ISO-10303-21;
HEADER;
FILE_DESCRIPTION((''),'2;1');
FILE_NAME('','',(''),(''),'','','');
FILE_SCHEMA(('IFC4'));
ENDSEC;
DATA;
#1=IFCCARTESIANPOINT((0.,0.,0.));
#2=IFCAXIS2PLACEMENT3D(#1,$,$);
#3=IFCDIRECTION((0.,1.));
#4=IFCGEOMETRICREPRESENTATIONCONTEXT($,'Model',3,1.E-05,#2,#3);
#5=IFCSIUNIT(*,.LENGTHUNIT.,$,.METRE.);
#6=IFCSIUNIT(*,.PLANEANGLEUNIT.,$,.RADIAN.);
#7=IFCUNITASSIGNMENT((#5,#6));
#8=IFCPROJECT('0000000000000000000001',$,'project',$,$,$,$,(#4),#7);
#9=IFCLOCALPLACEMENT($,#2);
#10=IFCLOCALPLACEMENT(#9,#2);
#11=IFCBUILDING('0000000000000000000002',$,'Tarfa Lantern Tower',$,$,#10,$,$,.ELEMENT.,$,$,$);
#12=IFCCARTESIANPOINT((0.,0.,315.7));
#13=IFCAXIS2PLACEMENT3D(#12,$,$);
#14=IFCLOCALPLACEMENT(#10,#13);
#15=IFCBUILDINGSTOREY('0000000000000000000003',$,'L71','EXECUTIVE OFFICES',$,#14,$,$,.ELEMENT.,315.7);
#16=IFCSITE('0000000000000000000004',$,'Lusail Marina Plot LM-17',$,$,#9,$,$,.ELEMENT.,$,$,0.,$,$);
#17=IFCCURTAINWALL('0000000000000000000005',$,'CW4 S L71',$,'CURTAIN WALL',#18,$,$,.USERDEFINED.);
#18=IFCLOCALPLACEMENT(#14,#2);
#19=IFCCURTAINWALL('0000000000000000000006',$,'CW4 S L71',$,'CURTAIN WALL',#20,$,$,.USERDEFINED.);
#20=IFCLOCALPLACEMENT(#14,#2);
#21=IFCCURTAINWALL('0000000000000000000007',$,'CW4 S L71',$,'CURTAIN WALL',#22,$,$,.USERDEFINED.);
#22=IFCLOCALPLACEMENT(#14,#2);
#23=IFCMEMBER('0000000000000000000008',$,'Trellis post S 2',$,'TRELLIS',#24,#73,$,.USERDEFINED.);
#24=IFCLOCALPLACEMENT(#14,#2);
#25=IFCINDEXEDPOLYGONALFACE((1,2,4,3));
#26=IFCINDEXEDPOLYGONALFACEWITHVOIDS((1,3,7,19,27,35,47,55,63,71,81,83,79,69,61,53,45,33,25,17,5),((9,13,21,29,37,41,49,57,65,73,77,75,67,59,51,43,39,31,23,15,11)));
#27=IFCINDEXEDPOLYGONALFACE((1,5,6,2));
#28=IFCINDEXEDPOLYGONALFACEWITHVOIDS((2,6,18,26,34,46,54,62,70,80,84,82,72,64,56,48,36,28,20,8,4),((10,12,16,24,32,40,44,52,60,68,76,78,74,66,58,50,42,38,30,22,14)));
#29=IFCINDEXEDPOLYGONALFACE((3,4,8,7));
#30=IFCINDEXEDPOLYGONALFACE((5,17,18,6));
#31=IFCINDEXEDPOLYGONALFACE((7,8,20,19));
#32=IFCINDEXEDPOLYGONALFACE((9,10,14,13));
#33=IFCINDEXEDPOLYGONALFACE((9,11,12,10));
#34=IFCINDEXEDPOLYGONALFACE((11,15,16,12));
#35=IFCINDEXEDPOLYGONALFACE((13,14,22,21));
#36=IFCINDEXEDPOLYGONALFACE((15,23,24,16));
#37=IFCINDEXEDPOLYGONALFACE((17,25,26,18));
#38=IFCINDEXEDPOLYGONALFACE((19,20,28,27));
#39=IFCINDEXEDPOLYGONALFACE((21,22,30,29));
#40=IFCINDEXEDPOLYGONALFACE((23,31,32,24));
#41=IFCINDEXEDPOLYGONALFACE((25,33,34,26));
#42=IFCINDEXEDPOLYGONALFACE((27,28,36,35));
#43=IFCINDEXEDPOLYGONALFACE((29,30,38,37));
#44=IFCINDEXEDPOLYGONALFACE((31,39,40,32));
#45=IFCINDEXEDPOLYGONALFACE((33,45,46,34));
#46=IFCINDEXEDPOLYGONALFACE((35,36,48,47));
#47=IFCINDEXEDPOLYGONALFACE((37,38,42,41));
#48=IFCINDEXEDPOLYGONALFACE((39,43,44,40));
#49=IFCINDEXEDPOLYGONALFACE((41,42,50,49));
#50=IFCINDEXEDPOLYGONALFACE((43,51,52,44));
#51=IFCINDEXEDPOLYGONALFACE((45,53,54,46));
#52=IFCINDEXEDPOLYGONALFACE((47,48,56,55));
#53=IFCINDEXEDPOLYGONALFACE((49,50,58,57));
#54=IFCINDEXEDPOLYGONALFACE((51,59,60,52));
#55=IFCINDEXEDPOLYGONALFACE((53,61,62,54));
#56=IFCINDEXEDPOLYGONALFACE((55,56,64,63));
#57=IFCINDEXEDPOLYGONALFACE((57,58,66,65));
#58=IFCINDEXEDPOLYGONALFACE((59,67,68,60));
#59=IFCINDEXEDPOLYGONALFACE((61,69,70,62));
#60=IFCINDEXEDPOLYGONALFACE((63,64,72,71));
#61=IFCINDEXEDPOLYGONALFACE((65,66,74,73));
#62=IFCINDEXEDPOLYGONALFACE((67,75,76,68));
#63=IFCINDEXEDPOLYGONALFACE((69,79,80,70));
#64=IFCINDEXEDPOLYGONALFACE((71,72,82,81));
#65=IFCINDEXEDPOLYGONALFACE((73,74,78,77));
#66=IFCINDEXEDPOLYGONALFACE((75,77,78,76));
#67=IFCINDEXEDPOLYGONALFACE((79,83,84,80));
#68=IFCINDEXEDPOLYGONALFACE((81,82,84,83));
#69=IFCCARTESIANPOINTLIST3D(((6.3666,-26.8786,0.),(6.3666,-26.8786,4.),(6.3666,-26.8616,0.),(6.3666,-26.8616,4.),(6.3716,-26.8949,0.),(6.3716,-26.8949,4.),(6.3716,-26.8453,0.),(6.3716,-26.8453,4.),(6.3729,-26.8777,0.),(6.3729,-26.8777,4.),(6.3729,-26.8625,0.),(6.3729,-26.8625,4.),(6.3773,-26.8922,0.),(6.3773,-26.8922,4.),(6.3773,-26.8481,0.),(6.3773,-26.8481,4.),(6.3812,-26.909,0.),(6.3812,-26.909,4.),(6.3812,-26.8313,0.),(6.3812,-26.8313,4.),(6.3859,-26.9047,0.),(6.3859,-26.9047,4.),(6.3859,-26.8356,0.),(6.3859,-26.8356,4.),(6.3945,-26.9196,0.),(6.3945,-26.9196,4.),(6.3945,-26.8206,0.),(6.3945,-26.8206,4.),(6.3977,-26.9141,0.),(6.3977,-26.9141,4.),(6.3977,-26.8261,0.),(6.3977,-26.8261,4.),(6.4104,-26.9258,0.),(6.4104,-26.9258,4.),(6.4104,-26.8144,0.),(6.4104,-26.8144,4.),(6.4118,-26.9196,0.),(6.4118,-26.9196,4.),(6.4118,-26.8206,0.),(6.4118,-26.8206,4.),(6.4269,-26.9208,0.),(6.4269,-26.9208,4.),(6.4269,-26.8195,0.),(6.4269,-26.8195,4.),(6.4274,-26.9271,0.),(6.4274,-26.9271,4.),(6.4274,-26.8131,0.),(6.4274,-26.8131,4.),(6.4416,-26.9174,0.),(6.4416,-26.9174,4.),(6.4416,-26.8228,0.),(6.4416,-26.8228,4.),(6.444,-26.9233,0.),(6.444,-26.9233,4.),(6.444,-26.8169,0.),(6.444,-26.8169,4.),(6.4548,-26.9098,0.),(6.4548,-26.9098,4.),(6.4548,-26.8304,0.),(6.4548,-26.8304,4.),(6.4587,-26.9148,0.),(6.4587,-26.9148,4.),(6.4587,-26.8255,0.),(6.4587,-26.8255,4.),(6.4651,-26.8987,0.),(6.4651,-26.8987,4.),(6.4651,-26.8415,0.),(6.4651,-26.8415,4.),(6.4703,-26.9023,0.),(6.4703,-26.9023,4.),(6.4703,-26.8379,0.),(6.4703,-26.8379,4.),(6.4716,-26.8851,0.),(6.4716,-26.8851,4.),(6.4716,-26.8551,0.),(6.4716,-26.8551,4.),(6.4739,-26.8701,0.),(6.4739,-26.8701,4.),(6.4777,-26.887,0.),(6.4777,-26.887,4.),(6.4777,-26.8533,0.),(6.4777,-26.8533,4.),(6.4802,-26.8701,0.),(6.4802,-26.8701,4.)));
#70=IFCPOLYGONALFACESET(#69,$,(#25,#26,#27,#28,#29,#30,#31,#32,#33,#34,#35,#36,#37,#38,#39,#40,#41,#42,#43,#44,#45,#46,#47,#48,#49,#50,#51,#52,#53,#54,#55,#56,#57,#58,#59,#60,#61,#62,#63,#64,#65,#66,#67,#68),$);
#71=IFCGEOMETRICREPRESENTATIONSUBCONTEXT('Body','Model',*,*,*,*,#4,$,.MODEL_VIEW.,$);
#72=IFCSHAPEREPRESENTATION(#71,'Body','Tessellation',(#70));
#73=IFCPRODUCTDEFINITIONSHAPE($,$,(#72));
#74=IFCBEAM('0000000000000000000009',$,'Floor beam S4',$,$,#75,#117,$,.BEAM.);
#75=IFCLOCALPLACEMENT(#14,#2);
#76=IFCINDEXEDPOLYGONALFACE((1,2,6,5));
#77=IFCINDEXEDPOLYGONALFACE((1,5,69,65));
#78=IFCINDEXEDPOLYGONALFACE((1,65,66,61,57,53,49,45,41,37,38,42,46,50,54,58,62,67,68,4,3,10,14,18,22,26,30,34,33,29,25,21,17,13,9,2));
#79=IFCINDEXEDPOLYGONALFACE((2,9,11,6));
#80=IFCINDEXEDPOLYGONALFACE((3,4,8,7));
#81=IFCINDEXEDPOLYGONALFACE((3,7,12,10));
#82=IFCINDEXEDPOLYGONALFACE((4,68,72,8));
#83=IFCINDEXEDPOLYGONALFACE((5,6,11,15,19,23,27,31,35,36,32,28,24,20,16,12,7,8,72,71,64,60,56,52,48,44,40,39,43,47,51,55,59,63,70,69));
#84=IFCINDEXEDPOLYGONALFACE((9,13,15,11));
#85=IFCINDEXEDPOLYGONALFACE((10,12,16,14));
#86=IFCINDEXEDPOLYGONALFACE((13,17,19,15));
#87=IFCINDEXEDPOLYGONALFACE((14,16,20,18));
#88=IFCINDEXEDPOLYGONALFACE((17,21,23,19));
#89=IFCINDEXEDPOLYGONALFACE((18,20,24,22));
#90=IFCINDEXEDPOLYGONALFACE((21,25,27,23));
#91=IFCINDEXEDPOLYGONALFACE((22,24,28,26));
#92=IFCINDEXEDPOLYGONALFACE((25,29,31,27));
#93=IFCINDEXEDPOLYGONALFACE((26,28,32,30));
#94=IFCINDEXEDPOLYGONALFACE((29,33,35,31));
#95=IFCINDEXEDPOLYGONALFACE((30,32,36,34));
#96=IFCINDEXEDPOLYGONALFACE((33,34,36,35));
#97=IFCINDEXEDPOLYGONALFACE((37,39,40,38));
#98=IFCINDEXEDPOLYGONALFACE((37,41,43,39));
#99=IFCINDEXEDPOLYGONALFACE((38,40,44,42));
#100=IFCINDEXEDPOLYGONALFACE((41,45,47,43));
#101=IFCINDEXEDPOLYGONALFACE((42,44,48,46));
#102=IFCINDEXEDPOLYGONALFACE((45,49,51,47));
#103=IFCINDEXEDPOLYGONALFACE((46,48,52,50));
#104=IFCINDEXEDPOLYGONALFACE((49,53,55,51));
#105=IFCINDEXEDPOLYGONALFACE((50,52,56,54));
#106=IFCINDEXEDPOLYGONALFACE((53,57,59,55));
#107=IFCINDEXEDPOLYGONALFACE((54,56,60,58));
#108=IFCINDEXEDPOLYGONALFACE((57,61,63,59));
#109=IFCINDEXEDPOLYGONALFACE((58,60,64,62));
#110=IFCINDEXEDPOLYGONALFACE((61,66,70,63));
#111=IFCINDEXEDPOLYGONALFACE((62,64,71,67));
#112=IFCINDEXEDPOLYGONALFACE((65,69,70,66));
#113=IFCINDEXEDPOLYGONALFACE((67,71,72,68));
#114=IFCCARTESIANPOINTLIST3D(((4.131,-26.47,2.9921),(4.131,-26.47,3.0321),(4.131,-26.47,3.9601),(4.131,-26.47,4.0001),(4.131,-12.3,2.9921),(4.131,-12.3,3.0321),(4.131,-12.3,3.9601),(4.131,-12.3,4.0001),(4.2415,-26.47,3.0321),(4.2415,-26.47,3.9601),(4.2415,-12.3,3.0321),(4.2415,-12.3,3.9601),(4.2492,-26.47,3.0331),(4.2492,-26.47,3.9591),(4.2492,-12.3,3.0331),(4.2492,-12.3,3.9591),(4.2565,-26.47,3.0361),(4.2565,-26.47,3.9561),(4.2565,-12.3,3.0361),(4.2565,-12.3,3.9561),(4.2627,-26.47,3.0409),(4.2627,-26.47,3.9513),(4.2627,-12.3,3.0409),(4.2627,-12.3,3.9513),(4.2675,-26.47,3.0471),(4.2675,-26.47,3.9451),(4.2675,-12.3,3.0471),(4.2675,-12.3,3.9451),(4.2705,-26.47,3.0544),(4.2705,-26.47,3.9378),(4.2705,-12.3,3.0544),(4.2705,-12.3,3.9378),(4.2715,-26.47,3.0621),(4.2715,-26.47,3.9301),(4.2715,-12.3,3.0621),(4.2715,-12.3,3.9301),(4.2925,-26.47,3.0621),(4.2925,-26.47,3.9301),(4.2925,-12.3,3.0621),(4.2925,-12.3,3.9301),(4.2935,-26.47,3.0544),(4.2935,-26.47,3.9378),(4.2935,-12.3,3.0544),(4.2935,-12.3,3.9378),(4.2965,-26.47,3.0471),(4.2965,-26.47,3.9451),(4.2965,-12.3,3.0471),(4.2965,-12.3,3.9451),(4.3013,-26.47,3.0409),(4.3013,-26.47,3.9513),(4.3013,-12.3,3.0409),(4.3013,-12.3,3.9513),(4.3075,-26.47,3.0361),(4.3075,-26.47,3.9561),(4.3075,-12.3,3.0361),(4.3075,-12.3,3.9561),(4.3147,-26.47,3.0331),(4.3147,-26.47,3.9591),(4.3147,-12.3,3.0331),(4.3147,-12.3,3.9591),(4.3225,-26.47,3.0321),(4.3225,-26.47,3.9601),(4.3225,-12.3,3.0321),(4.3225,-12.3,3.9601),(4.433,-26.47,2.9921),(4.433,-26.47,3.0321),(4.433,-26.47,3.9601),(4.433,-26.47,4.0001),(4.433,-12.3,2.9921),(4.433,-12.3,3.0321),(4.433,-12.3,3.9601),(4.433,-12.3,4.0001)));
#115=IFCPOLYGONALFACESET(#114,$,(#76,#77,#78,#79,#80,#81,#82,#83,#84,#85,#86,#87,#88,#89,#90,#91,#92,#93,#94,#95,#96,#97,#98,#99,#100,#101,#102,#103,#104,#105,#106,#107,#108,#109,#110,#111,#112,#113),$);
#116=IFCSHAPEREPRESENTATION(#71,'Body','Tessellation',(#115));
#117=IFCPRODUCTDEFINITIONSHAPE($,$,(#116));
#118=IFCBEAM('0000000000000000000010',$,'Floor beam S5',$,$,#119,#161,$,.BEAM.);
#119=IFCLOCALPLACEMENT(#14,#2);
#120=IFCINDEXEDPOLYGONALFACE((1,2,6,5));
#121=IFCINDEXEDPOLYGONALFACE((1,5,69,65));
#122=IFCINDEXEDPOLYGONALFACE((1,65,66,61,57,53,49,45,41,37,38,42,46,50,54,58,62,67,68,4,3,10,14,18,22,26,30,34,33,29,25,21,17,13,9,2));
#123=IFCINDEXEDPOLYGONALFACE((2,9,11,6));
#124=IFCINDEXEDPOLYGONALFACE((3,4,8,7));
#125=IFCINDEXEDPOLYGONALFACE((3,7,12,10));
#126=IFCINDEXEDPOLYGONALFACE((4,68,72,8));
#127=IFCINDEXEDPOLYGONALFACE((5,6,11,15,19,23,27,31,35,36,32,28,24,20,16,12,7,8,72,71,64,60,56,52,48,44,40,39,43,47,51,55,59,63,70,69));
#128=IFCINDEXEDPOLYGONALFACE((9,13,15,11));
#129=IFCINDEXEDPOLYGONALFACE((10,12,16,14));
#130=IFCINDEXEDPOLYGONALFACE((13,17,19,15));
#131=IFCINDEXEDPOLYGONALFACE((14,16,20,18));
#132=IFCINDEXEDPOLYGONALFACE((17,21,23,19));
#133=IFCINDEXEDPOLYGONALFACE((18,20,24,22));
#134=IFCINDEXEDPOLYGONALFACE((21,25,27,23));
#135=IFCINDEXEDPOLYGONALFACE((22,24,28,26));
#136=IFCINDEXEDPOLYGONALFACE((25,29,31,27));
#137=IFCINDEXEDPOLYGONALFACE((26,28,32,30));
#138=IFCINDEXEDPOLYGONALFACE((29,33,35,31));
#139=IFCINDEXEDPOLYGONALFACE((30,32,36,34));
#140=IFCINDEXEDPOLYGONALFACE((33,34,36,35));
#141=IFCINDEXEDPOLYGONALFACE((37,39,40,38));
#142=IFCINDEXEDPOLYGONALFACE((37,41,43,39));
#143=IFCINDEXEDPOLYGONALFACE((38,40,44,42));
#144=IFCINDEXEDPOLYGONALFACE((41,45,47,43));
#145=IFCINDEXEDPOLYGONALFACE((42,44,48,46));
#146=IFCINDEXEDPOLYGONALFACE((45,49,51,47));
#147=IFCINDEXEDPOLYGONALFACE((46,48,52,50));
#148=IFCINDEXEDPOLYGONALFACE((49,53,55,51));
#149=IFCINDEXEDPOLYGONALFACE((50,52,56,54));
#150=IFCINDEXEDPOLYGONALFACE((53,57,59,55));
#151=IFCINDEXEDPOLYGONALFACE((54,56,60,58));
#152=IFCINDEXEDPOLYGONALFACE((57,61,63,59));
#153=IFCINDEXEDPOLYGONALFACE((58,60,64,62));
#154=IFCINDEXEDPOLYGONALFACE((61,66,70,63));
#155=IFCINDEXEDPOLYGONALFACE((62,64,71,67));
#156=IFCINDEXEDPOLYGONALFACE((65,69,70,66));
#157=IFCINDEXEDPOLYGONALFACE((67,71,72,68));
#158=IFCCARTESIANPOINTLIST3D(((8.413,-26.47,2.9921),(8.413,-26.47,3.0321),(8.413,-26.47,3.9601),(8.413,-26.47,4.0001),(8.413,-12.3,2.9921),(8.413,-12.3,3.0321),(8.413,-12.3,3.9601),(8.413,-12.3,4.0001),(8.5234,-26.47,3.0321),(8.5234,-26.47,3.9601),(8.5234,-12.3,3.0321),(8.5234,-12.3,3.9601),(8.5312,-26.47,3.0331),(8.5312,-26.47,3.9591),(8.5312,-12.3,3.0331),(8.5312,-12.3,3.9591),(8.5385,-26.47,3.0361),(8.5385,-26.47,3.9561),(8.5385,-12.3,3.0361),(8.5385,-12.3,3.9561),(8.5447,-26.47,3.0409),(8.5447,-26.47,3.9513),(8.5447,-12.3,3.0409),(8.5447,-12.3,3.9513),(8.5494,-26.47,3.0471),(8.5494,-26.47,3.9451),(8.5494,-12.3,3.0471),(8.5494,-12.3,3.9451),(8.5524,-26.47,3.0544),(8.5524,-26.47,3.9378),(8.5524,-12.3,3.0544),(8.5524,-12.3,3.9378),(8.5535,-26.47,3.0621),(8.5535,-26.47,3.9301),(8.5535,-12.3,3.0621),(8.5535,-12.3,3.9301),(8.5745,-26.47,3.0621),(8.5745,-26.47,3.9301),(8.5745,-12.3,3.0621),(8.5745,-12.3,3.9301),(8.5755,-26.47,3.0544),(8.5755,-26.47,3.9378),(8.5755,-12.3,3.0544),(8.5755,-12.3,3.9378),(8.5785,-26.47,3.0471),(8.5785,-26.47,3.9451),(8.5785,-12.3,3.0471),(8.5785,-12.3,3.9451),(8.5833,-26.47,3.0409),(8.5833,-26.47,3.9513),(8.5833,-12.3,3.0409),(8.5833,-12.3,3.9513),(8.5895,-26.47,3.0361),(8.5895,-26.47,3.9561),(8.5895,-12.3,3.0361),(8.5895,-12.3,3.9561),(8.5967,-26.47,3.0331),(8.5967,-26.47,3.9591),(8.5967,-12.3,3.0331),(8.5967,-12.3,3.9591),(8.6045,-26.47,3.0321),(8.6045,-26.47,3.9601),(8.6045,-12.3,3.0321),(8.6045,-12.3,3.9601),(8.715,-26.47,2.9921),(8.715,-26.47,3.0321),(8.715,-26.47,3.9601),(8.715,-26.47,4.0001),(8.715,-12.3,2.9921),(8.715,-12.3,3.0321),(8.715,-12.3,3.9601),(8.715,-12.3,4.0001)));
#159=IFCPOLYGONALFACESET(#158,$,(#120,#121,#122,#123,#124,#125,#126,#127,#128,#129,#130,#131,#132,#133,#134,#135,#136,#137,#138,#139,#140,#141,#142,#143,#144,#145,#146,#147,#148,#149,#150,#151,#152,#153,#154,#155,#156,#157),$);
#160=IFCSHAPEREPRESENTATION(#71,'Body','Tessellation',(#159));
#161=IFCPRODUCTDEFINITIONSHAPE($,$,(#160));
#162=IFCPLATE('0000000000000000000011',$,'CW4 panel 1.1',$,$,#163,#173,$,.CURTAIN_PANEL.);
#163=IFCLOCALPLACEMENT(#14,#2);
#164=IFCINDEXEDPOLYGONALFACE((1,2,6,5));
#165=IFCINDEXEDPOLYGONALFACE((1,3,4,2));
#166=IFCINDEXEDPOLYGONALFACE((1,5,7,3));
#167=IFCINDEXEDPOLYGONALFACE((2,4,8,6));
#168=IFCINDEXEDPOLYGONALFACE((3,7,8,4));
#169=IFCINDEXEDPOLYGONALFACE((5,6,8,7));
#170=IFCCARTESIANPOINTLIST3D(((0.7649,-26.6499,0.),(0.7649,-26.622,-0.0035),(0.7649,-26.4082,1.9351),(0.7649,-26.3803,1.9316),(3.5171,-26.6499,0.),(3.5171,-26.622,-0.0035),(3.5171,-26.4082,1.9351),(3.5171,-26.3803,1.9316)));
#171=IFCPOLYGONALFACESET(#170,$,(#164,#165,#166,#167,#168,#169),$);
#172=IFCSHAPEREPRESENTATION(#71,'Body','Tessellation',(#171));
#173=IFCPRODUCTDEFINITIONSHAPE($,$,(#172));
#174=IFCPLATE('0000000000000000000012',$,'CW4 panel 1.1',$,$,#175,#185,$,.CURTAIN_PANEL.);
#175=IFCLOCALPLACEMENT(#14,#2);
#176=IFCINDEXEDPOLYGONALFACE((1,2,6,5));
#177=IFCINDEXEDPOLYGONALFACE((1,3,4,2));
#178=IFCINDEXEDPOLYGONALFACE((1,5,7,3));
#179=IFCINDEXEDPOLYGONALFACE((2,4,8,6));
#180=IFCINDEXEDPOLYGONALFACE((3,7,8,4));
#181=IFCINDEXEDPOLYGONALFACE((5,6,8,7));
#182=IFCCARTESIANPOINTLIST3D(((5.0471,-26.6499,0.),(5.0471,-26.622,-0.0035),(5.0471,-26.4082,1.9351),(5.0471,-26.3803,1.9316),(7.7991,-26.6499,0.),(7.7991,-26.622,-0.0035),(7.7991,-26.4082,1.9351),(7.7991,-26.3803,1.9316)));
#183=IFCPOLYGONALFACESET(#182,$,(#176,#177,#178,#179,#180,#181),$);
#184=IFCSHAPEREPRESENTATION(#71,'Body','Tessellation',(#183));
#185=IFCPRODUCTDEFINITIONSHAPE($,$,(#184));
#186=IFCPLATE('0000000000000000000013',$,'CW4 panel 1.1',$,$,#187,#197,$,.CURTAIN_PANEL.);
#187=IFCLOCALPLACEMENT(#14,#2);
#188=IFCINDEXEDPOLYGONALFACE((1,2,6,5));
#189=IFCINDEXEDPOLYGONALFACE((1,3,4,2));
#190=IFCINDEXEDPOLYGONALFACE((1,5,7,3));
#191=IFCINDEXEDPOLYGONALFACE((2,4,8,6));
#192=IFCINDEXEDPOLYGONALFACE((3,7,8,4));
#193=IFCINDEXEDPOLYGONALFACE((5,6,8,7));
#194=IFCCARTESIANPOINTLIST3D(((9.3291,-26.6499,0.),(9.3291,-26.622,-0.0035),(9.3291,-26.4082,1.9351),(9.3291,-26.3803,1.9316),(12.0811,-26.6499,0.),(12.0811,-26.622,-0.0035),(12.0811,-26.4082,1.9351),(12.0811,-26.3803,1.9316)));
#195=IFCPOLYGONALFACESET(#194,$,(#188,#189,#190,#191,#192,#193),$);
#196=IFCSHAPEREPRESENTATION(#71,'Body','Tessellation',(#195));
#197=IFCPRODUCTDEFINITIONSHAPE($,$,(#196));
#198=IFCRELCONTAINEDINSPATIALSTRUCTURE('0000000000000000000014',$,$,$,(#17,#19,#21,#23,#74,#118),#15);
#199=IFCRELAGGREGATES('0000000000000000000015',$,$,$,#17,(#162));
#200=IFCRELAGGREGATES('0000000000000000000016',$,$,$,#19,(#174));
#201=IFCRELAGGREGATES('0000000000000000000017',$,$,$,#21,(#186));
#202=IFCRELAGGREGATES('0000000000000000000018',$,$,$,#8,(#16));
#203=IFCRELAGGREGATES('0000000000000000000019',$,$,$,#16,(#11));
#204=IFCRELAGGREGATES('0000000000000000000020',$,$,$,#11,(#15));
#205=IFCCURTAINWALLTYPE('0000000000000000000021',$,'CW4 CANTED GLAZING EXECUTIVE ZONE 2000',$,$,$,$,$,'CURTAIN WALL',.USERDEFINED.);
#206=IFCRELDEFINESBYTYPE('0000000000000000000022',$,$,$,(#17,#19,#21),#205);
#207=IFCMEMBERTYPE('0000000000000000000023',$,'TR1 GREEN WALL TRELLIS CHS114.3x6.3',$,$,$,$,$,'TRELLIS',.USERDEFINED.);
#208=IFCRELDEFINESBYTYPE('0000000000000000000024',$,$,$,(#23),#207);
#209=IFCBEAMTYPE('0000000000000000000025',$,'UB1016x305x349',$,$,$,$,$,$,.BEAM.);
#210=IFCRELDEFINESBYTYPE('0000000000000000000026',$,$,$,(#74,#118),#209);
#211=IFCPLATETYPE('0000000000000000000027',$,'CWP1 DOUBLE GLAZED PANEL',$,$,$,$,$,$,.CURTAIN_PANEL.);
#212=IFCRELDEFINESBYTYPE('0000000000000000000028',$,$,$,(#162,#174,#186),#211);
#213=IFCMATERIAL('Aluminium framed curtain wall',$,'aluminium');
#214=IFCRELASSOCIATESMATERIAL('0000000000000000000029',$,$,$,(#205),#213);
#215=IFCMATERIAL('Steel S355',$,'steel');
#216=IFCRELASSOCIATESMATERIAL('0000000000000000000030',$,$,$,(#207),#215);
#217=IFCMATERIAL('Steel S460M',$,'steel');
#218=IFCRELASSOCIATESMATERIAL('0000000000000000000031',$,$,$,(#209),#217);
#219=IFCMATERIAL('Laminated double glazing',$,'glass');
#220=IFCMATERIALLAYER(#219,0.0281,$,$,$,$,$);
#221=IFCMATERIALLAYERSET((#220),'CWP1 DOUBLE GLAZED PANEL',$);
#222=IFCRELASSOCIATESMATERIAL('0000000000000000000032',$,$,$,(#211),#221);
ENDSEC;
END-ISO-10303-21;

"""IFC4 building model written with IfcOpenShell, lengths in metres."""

from ifc_helpers import new_model, si_unit, direction, frame, origin, origin_2d, place, context, subcontext, project, spatial, polyline, hollow_circle, i_section, outline, extrude, material, layer, layer_set, material_profile, profile_set, type_object, element, aggregate, save


model = new_model("IFC4")

# Units and contexts
model_context = context("Model", 3, precision=1e-05, world=origin(), true_north=direction((0.0, 1.0)))
body_context = subcontext(model_context, "Body", "Model", "MODEL_VIEW")
ifc_project = project(units=[si_unit("LENGTHUNIT", "METRE"), si_unit("PLANEANGLEUNIT", "RADIAN")], contexts=[model_context])

# Site, building, storey
site_placement = place(None, origin())
site = spatial("IfcSite", under=ifc_project, at=site_placement, Name="Lusail Marina Plot LM-17", CompositionType="ELEMENT", RefElevation=0.0)
building_placement = place(site_placement, origin())
building = spatial("IfcBuilding", under=site, at=building_placement, Name="Tarfa Lantern Tower", CompositionType="ELEMENT")
storey_placement = place(building_placement, frame((0.0, 0.0, 315.7)))
storey = spatial("IfcBuildingStorey", under=building, at=storey_placement, Name="L71", Description="EXECUTIVE OFFICES", CompositionType="ELEMENT", Elevation=315.7)

# Curtain walls
ifc_material_1 = material(Name="Aluminium framed curtain wall", Category="aluminium")
curtain_wall_type = type_object("IfcCurtainWallType", Name="CW4 CANTED GLAZING EXECUTIVE ZONE 2000", ElementType="CURTAIN WALL", PredefinedType="USERDEFINED", material=ifc_material_1)
curtain_wall_1_placement = place(storey_placement, origin())
curtain_wall_1 = element("IfcCurtainWall", 1, at=curtain_wall_1_placement, inside=storey, type_object=curtain_wall_type, Name="CW4 S L71", ObjectType="CURTAIN WALL", PredefinedType="USERDEFINED")
curtain_wall_2_placement = place(storey_placement, origin())
curtain_wall_2 = element("IfcCurtainWall", 2, at=curtain_wall_2_placement, inside=storey, type_object=curtain_wall_type, Name="CW4 S L71", ObjectType="CURTAIN WALL", PredefinedType="USERDEFINED")

# Curtain wall
curtain_wall_3_placement = place(storey_placement, origin())
curtain_wall_3 = element("IfcCurtainWall", 3, at=curtain_wall_3_placement, inside=storey, type_object=curtain_wall_type, Name="CW4 S L71", ObjectType="CURTAIN WALL", PredefinedType="USERDEFINED")

# Member
ifc_material_2 = material(Name="Steel S355", Category="steel")
ifc_material_profile_1 = material_profile(ifc_material_2, hollow_circle(Radius=0.0571, WallThickness=0.0063, at=origin_2d()), Name="CHS114.3x6.3")
ifc_profile_set_1 = profile_set([ifc_material_profile_1], Name="Steel S355")
member_type_1 = type_object("IfcMemberType", Name="TR1 GREEN WALL TRELLIS CHS114.3x6.3", ElementType="TRELLIS", PredefinedType="USERDEFINED", material=ifc_profile_set_1)
member_1_placement = place(storey_placement, frame((6.4231, -26.8701, 0.0), z_axis=(0.0, 0.0, 1.0), x_axis=(1.0, 0.0, 0.0)))
element("IfcMember", 4, at=member_1_placement, inside=storey, type_object=member_type_1, Name="Trellis post S 2", ObjectType="TRELLIS", PredefinedType="USERDEFINED", context=body_context, shape_type="SweptSolid", body=[
    extrude(hollow_circle(Radius=0.0571, WallThickness=0.0063, at=origin_2d()), origin(), (0.0, 0.0, 1.0), 4.0),
])

# Beams
ifc_material_3 = material(Name="Steel S460M", Category="steel")
ifc_material_profile_2 = material_profile(ifc_material_3, i_section(OverallWidth=0.302, OverallDepth=1.0081, WebThickness=0.021, FlangeThickness=0.04, FilletRadius=0.03, at=origin_2d()), Name="UB1016x305x349")
ifc_profile_set_2 = profile_set([ifc_material_profile_2], Name="Steel S460M")
beam_type_1 = type_object("IfcBeamType", Name="UB1016x305x349", PredefinedType="BEAM", material=ifc_profile_set_2)
for number, where, z_axis, x_axis, name in (
    (5, (4.282, -26.47, 3.4961), (0.0, 1.0, 0.0), (-1.0, 0.0, 0.0), "Floor beam S4"),
    (6, (8.564, -26.47, 3.4961), (0.0, 1.0, 0.0), (-1.0, 0.0, 0.0), "Floor beam S5"),
):
    element("IfcBeam", number, at=place(storey_placement, frame(where, z_axis=z_axis, x_axis=x_axis)), inside=storey, type_object=beam_type_1, Name=name, PredefinedType="BEAM", context=body_context, shape_type="SweptSolid", body=[
        extrude(i_section(OverallWidth=0.302, OverallDepth=1.0081, WebThickness=0.021, FlangeThickness=0.04, FilletRadius=0.03, at=origin_2d()), origin(), (0.0, 0.0, 1.0), 14.1699),
    ])

# Plates
ifc_material_4 = material(Name="Laminated double glazing", Category="glass")
ifc_layer = layer(ifc_material_4, 0.0281)
ifc_layer_set = layer_set([ifc_layer], Name="CWP1 DOUBLE GLAZED PANEL")
plate_type = type_object("IfcPlateType", Name="CWP1 DOUBLE GLAZED PANEL", PredefinedType="CURTAIN_PANEL", material=ifc_layer_set)
plate_1_placement = place(storey_placement, frame((0.7649, -26.6499, 0.0), z_axis=(0.0, -0.992289, 0.123942), x_axis=(1.0, 0.0, 0.0)))
plate_1 = element("IfcPlate", 7, at=plate_1_placement, type_object=plate_type, Name="CW4 panel 1.1", PredefinedType="CURTAIN_PANEL", context=body_context, shape_type="SweptSolid", body=[
    extrude(outline(polyline([(0.0, 0.0), (2.7522, 0.0), (2.7522, 1.9501), (0.0, 1.9501), (0.0, 0.0)])), origin(), (0.0, 0.0, -1.0), 0.0281),
])
aggregate(curtain_wall_1, [plate_1])
plate_2_placement = place(storey_placement, frame((5.0471, -26.6499, 0.0), z_axis=(0.0, -0.992289, 0.123942), x_axis=(1.0, 0.0, 0.0)))
plate_2 = element("IfcPlate", 8, at=plate_2_placement, type_object=plate_type, Name="CW4 panel 1.1", PredefinedType="CURTAIN_PANEL", context=body_context, shape_type="SweptSolid", body=[
    extrude(outline(polyline([(0.0, 0.0), (2.752, 0.0), (2.752, 1.9501), (0.0, 1.9501), (0.0, 0.0)])), origin(), (0.0, 0.0, -1.0), 0.0281),
])
aggregate(curtain_wall_2, [plate_2])
plate_3_placement = place(storey_placement, frame((9.3291, -26.6499, 0.0), z_axis=(0.0, -0.992289, 0.123942), x_axis=(1.0, 0.0, 0.0)))
plate_3 = element("IfcPlate", 9, at=plate_3_placement, type_object=plate_type, Name="CW4 panel 1.1", PredefinedType="CURTAIN_PANEL", context=body_context, shape_type="SweptSolid", body=[
    extrude(outline(polyline([(0.0, 0.0), (2.752, 0.0), (2.752, 1.9501), (0.0, 1.9501), (0.0, 0.0)])), origin(), (0.0, 0.0, -1.0), 0.0281),
])
aggregate(curtain_wall_3, [plate_3])

save(model, "model.ifc")
